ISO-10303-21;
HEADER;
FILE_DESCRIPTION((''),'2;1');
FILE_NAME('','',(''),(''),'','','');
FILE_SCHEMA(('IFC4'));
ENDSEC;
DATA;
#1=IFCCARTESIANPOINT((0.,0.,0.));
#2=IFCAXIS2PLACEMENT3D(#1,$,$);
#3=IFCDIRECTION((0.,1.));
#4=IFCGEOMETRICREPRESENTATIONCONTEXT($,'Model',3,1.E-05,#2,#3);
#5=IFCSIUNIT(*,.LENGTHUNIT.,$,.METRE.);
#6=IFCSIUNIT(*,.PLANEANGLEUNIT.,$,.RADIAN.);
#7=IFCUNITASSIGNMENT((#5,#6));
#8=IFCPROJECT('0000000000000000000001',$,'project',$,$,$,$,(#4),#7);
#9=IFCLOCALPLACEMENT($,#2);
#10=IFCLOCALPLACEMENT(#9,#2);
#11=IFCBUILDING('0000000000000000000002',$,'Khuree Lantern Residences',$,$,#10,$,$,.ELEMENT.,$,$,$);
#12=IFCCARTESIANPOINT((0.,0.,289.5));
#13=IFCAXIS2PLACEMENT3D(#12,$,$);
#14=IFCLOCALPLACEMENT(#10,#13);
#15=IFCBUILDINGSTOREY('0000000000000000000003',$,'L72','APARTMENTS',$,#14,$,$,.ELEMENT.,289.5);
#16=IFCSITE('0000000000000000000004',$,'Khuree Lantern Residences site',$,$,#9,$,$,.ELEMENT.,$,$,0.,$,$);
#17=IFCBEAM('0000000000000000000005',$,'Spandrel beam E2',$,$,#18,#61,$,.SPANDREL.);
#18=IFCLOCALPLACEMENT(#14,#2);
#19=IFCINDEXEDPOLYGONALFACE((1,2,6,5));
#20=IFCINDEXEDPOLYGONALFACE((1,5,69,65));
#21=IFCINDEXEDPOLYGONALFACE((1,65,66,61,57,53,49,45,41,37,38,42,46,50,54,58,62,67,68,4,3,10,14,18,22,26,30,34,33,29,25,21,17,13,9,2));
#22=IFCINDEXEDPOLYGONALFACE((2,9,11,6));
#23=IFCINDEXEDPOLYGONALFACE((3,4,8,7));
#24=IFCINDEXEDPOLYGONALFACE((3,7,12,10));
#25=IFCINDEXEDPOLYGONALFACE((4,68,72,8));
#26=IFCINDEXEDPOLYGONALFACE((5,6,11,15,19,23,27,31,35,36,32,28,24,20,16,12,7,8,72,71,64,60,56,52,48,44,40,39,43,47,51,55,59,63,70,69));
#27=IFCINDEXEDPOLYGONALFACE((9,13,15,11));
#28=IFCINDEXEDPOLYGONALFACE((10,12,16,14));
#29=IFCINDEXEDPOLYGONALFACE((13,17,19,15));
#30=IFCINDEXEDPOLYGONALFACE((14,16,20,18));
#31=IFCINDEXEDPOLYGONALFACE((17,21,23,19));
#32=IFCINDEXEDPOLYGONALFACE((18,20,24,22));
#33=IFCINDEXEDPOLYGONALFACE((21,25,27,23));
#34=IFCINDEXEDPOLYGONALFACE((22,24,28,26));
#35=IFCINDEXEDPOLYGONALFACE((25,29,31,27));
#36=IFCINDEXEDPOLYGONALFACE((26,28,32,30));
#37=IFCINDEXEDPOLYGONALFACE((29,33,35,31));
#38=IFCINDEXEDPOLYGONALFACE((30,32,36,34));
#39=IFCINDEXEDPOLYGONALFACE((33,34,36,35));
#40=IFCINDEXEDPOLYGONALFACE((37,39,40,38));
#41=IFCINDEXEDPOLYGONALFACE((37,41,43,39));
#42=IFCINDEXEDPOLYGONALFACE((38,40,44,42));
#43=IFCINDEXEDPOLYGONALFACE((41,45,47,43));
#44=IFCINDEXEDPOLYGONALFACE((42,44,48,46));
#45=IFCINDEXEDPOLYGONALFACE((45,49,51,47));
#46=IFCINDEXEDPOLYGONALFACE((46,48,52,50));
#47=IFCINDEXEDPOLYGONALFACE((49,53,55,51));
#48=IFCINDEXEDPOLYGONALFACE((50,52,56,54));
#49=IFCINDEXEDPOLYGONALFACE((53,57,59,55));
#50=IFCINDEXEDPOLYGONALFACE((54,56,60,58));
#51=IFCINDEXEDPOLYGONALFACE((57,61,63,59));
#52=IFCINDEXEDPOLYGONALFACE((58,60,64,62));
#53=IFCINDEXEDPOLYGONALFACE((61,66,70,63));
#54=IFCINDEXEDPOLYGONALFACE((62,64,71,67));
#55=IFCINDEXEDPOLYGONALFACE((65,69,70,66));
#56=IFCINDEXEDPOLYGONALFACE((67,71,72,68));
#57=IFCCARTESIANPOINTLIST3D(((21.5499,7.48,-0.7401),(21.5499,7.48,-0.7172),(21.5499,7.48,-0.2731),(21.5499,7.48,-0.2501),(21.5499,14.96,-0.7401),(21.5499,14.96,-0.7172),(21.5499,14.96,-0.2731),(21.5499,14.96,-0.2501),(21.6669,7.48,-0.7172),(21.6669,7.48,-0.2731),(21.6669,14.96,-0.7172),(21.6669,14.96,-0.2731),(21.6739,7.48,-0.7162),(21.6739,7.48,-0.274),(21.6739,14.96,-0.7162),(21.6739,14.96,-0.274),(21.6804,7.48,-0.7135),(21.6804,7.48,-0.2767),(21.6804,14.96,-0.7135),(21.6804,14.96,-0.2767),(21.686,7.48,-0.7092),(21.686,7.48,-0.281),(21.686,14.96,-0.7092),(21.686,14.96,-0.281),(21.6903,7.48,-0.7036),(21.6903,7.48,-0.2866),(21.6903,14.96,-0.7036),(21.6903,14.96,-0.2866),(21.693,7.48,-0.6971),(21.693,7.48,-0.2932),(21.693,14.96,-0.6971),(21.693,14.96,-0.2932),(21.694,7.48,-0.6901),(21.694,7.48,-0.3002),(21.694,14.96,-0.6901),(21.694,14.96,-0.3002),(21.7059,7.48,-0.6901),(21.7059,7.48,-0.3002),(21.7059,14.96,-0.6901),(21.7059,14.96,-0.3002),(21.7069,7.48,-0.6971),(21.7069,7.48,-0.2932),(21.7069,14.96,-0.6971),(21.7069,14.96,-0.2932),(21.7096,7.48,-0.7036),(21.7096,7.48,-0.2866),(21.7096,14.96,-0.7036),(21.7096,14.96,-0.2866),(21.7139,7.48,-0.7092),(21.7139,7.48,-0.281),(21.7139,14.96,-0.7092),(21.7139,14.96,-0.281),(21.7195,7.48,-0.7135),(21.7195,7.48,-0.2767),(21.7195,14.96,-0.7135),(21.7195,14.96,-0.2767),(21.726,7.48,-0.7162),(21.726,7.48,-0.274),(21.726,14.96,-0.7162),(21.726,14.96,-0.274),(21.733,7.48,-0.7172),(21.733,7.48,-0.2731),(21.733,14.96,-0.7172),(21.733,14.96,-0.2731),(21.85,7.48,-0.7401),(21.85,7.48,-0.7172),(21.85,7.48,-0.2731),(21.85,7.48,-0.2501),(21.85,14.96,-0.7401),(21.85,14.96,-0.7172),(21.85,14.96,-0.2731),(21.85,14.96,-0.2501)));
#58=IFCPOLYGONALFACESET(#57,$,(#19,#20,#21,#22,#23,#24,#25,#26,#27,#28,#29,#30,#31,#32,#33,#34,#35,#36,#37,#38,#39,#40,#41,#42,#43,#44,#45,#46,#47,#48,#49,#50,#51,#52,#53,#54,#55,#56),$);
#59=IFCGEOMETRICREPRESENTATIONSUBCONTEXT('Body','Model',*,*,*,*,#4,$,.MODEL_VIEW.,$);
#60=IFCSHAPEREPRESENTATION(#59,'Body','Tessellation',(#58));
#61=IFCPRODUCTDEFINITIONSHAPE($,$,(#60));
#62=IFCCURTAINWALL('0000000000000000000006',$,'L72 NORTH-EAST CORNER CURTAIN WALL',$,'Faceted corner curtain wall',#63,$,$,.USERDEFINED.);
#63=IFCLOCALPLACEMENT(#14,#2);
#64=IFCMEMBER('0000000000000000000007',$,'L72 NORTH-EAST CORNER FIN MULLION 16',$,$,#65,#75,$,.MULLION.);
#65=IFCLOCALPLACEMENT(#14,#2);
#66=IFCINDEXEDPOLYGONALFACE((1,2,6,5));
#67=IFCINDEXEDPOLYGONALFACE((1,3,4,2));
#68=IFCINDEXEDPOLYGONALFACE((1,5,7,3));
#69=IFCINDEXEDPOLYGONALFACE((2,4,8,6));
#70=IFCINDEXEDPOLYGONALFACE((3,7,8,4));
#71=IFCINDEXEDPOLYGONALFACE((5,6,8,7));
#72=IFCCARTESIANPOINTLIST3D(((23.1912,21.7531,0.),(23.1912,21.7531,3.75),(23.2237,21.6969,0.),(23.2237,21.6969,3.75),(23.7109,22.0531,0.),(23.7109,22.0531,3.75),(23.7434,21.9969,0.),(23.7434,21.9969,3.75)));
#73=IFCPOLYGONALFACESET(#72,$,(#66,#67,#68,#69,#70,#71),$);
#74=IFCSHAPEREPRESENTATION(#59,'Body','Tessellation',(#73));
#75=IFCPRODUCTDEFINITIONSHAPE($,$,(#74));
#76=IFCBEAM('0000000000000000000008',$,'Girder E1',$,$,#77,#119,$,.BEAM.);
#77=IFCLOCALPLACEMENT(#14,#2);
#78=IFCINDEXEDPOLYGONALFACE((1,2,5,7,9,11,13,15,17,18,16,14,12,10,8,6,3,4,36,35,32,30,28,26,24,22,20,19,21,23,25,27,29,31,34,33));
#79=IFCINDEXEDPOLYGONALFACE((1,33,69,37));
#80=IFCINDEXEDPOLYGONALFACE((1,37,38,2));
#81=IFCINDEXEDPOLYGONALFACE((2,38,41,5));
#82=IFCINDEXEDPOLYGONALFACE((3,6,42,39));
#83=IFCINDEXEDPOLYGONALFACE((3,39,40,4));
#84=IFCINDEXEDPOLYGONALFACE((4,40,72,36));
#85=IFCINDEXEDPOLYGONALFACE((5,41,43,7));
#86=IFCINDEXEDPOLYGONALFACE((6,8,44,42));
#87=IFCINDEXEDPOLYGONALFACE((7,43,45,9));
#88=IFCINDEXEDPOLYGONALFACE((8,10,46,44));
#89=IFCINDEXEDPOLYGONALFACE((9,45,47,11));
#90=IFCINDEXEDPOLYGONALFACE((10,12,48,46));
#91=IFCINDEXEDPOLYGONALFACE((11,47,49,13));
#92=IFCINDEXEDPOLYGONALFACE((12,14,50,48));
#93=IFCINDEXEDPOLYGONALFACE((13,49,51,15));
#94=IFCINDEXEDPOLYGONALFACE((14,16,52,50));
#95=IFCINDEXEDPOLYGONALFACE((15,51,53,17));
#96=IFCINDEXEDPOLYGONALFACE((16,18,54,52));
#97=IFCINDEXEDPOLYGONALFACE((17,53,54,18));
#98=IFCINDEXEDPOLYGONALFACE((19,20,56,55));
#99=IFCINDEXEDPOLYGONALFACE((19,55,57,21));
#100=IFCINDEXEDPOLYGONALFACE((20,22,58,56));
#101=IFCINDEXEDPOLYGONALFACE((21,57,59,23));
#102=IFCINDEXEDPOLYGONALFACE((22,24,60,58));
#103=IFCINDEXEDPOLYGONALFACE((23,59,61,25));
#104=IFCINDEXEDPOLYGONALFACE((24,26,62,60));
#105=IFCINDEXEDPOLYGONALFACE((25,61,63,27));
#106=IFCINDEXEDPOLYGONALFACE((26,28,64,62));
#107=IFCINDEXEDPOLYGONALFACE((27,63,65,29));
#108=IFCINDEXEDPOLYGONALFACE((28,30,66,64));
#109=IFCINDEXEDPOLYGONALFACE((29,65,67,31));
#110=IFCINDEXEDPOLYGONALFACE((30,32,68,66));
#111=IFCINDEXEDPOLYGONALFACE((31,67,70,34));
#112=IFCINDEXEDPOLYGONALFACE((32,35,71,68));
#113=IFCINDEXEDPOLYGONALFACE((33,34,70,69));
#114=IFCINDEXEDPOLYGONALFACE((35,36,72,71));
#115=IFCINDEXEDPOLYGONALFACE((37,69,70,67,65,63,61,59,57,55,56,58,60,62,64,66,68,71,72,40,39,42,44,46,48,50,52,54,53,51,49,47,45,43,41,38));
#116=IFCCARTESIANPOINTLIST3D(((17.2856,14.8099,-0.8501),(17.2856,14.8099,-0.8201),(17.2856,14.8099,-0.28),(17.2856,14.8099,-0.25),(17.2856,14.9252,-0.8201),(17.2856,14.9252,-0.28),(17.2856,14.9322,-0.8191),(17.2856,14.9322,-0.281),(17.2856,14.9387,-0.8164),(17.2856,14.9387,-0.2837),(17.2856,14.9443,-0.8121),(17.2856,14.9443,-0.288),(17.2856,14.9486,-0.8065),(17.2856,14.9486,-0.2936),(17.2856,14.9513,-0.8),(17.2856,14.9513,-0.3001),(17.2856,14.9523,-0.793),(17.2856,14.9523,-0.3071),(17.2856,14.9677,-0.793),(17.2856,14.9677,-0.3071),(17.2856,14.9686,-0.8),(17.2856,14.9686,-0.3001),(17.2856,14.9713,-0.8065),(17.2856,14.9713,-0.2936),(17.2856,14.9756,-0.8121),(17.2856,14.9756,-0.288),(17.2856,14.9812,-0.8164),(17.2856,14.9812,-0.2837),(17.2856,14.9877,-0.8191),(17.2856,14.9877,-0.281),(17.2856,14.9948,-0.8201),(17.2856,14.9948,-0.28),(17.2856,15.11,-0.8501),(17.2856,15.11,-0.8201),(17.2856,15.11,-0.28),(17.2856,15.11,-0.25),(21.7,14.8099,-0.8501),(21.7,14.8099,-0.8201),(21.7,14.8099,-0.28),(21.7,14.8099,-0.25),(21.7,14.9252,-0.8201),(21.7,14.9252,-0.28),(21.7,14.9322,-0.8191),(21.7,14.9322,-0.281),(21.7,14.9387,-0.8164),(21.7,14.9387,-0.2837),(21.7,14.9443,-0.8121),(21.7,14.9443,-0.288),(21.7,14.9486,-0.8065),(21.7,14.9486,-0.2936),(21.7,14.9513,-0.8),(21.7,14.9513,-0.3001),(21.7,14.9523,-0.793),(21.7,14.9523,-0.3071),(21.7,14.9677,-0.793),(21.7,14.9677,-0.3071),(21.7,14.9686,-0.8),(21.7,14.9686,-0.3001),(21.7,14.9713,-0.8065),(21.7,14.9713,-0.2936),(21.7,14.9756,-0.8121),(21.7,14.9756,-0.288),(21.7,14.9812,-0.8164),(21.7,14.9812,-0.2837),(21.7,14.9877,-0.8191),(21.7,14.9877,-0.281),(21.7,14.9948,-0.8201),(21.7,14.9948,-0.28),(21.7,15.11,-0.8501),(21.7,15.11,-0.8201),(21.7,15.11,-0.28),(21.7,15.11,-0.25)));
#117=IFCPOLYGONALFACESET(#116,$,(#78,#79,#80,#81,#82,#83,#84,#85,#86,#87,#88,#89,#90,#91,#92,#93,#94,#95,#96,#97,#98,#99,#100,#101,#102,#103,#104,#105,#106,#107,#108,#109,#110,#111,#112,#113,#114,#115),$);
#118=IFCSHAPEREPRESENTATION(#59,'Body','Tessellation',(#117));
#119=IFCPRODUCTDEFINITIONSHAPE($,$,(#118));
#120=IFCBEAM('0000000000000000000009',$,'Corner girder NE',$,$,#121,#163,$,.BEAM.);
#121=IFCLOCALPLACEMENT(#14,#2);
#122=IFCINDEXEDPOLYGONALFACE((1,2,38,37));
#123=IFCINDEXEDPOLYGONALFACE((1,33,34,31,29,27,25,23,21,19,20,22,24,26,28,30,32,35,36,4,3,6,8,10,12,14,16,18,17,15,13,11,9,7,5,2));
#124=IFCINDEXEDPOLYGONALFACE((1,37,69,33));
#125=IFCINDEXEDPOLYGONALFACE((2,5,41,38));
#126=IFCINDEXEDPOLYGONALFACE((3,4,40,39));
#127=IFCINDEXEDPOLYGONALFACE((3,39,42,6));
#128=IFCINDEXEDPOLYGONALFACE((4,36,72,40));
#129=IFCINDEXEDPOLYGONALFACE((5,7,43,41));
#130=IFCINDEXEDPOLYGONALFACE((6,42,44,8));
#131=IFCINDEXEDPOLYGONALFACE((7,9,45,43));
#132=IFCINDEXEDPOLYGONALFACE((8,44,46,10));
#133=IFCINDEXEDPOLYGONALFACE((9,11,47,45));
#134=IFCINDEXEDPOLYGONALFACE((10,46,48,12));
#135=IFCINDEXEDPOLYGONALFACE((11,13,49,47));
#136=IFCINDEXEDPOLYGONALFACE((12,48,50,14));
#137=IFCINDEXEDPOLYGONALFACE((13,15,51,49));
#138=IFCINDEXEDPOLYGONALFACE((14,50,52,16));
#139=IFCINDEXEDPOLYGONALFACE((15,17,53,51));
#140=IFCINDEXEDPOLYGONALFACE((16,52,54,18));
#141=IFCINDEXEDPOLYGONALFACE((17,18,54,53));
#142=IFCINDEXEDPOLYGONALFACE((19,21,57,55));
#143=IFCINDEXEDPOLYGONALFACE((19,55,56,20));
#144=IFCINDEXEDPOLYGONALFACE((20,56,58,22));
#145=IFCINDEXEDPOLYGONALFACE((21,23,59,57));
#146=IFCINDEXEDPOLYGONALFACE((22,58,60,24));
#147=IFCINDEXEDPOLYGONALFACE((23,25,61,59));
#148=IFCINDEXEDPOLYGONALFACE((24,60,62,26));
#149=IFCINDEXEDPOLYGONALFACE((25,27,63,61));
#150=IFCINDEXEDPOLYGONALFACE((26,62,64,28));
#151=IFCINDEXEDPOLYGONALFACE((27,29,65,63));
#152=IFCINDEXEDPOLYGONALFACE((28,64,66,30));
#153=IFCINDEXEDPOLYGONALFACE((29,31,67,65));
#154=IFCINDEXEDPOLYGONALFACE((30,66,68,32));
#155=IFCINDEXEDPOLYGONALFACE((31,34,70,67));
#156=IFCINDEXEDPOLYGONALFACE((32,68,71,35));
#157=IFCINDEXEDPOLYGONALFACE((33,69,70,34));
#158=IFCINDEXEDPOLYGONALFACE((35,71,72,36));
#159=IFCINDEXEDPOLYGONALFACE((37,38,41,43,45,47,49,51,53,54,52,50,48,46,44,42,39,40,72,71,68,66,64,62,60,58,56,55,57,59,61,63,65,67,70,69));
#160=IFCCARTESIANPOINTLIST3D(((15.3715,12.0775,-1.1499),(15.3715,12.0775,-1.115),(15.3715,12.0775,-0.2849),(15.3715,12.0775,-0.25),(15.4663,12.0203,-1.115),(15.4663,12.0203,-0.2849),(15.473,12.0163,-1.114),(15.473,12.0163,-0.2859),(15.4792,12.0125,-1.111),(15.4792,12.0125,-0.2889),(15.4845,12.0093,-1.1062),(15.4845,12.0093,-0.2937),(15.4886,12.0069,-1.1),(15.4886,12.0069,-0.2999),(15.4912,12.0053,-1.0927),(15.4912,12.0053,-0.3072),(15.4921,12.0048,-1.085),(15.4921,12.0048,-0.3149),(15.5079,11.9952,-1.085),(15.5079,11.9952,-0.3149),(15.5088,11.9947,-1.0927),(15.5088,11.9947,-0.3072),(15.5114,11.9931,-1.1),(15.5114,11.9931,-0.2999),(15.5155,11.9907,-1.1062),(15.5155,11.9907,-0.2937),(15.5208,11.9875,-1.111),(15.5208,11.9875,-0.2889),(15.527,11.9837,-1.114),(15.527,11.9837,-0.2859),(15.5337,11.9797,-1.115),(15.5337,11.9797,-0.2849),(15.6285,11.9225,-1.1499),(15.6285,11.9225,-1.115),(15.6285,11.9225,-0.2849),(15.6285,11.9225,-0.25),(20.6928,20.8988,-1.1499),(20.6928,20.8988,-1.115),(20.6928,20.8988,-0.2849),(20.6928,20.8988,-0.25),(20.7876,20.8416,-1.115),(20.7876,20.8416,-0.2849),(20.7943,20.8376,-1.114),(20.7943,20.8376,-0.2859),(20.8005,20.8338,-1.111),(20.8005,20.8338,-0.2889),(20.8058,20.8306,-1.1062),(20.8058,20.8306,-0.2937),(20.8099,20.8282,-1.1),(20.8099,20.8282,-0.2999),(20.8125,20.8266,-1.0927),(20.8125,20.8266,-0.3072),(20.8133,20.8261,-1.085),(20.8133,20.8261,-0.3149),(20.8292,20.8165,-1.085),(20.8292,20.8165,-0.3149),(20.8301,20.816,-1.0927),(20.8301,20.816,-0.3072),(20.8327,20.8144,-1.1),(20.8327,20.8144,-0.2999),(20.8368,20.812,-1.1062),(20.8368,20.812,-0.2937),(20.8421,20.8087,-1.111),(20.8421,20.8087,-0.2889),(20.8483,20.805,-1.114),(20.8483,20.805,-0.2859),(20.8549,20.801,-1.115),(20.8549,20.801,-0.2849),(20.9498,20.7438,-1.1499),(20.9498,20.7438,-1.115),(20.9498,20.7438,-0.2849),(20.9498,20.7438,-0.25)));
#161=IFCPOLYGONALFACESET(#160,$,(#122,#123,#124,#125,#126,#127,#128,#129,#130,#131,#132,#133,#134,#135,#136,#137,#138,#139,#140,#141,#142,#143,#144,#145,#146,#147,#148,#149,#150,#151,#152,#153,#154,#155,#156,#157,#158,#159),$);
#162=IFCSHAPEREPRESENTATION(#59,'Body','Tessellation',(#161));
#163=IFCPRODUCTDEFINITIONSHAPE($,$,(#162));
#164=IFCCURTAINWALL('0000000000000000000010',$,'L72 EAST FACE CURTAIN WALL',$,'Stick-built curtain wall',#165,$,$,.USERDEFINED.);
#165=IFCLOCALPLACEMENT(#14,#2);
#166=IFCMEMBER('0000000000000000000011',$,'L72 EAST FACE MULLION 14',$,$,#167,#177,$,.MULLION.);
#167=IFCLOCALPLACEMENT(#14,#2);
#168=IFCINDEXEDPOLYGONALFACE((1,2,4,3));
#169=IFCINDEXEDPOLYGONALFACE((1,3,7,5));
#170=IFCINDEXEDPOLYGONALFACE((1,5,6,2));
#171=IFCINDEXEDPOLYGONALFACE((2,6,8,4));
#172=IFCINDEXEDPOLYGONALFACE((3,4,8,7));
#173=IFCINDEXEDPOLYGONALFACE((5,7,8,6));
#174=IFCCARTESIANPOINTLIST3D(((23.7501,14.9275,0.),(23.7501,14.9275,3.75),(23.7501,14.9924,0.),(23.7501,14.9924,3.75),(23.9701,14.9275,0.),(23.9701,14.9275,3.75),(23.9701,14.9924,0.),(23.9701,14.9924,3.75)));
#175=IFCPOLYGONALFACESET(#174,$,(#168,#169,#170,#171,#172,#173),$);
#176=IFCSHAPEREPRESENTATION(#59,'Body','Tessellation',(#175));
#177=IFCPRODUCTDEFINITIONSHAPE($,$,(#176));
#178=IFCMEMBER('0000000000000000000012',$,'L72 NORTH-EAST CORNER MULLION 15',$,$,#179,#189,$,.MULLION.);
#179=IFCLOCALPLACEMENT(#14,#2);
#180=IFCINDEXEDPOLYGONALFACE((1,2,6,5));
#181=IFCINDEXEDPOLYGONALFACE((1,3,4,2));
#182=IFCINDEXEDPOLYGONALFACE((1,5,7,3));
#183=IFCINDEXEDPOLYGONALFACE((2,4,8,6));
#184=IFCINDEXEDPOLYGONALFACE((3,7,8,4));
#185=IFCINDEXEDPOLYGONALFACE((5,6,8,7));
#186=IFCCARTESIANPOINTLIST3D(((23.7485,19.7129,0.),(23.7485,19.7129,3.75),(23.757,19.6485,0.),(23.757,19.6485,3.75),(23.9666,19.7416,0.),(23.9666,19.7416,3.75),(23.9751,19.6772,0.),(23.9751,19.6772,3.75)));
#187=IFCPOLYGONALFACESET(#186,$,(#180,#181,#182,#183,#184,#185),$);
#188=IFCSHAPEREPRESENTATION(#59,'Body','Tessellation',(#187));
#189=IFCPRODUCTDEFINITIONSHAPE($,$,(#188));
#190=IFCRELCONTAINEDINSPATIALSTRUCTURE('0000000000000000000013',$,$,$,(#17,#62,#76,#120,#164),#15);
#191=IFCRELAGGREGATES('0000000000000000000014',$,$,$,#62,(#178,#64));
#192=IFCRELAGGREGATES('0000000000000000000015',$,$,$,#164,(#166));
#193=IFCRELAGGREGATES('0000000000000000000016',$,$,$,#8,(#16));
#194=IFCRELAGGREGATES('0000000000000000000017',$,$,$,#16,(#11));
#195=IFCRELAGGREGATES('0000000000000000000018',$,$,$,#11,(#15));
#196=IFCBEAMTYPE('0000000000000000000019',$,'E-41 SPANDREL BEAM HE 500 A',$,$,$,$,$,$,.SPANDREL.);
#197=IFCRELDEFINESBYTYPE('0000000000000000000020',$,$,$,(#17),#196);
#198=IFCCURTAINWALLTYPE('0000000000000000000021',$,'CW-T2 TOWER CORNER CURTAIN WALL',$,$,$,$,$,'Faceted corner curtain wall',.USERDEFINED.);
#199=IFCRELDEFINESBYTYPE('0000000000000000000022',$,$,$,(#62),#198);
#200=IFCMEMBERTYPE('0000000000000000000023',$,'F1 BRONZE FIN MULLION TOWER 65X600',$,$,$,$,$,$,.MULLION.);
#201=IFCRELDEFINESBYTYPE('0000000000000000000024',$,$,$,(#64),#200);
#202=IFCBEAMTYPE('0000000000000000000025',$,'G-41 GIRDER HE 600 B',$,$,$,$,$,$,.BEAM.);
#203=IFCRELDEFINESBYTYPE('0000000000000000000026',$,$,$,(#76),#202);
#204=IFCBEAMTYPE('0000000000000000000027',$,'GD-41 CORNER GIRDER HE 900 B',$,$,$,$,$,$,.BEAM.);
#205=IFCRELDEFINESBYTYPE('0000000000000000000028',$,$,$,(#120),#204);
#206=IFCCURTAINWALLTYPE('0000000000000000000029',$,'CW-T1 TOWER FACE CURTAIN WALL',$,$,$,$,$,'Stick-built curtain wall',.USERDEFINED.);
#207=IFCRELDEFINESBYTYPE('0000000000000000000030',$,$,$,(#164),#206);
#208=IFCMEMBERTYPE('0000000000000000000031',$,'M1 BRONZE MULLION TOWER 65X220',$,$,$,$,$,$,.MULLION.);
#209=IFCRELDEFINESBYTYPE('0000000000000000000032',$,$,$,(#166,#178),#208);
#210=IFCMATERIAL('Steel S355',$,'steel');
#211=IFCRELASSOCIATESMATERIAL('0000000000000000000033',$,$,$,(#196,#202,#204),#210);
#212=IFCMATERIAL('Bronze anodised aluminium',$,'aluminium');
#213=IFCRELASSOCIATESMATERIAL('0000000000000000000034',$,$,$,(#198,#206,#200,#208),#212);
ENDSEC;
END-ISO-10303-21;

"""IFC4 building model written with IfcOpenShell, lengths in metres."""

from ifc_helpers import new_model, si_unit, direction, frame, origin, origin_2d, place, context, subcontext, project, spatial, rectangle, i_section, extrude, material, material_profile, profile_set, type_object, element, aggregate, save


model = new_model("IFC4")

# Units and contexts
model_context = context("Model", 3, precision=1e-05, world=origin(), true_north=direction((0.0, 1.0)))
body_context = subcontext(model_context, "Body", "Model", "MODEL_VIEW")
ifc_project = project(units=[si_unit("LENGTHUNIT", "METRE"), si_unit("PLANEANGLEUNIT", "RADIAN")], contexts=[model_context])

# Site, building, storey
site_placement = place(None, origin())
site = spatial("IfcSite", under=ifc_project, at=site_placement, Name="Khuree Lantern Residences site", CompositionType="ELEMENT", RefElevation=0.0)
building_placement = place(site_placement, origin())
building = spatial("IfcBuilding", under=site, at=building_placement, Name="Khuree Lantern Residences", CompositionType="ELEMENT")
storey_placement = place(building_placement, frame((0.0, 0.0, 289.5)))
storey = spatial("IfcBuildingStorey", under=building, at=storey_placement, Name="L72", Description="APARTMENTS", CompositionType="ELEMENT", Elevation=289.5)

# Beam
ifc_material_1 = material(Name="Steel S355", Category="steel")
ifc_material_profile_1 = material_profile(ifc_material_1, i_section(OverallWidth=0.3, OverallDepth=0.49, WebThickness=0.012, FlangeThickness=0.0229, FilletRadius=0.0271, at=origin_2d()), Name="HE 500 A")
ifc_profile_set_1 = profile_set([ifc_material_profile_1], Name="Steel S355")
beam_type_1 = type_object("IfcBeamType", Name="E-41 SPANDREL BEAM HE 500 A", PredefinedType="SPANDREL", material=ifc_profile_set_1)
beam_1_placement = place(storey_placement, frame((21.7, 14.96, -0.4951), z_axis=(0.0, -1.0, 0.0), x_axis=(1.0, 0.0, 0.0)))
element("IfcBeam", 1, at=beam_1_placement, inside=storey, type_object=beam_type_1, Name="Spandrel beam E2", PredefinedType="SPANDREL", context=body_context, shape_type="SweptSolid", body=[
    extrude(i_section(OverallWidth=0.3, OverallDepth=0.49, WebThickness=0.012, FlangeThickness=0.0229, FilletRadius=0.0271, at=origin_2d()), origin(), (0.0, 0.0, 1.0), 7.48),
])

# Curtain wall, member
ifc_material_2 = material(Name="Bronze anodised aluminium", Category="aluminium")
curtain_wall_type_1 = type_object("IfcCurtainWallType", Name="CW-T2 TOWER CORNER CURTAIN WALL", ElementType="Faceted corner curtain wall", PredefinedType="USERDEFINED", material=ifc_material_2)
curtain_wall_1_placement = place(storey_placement, origin())
curtain_wall_1 = element("IfcCurtainWall", 2, at=curtain_wall_1_placement, inside=storey, type_object=curtain_wall_type_1, Name="L72 NORTH-EAST CORNER CURTAIN WALL", ObjectType="Faceted corner curtain wall", PredefinedType="USERDEFINED")
ifc_material_profile_2 = material_profile(ifc_material_2, rectangle(XDim=0.0649, YDim=0.6001, at=origin_2d()), Name="F1 65X600")
ifc_profile_set_2 = profile_set([ifc_material_profile_2], Name="Bronze anodised aluminium")
member_type_1 = type_object("IfcMemberType", Name="F1 BRONZE FIN MULLION TOWER 65X600", PredefinedType="MULLION", material=ifc_profile_set_2)
member_1_placement = place(storey_placement, frame((23.4673, 21.875, 0.0), z_axis=(0.0, 0.0, 1.0), x_axis=(-0.5, 0.866025, 0.0)))
member_1 = element("IfcMember", 3, at=member_1_placement, type_object=member_type_1, Name="L72 NORTH-EAST CORNER FIN MULLION 16", PredefinedType="MULLION", context=body_context, shape_type="SweptSolid", body=[
    extrude(rectangle(XDim=0.0649, YDim=0.6001, at=origin_2d()), origin(), (0.0, 0.0, 1.0), 3.75),
])

# Beams
ifc_material_profile_3 = material_profile(ifc_material_1, i_section(OverallWidth=0.3, OverallDepth=0.6001, WebThickness=0.0154, FlangeThickness=0.03, FilletRadius=0.0271, at=origin_2d()), Name="HE 600 B")
ifc_profile_set_3 = profile_set([ifc_material_profile_3], Name="Steel S355")
beam_type_2 = type_object("IfcBeamType", Name="G-41 GIRDER HE 600 B", PredefinedType="BEAM", material=ifc_profile_set_3)
beam_2_placement = place(storey_placement, frame((21.7, 14.96, -0.55), z_axis=(-1.0, 0.0, 0.0), x_axis=(0.0, -1.0, 0.0)))
element("IfcBeam", 4, at=beam_2_placement, inside=storey, type_object=beam_type_2, Name="Girder E1", PredefinedType="BEAM", context=body_context, shape_type="SweptSolid", body=[
    extrude(i_section(OverallWidth=0.3, OverallDepth=0.6001, WebThickness=0.0154, FlangeThickness=0.03, FilletRadius=0.0271, at=origin_2d()), origin(), (0.0, 0.0, 1.0), 4.4143),
])
ifc_material_profile_4 = material_profile(ifc_material_1, i_section(OverallWidth=0.3, OverallDepth=0.8999, WebThickness=0.0186, FlangeThickness=0.0349, FilletRadius=0.03, at=origin_2d()), Name="HE 900 B")
ifc_profile_set_4 = profile_set([ifc_material_profile_4], Name="Steel S355")
beam_type_3 = type_object("IfcBeamType", Name="GD-41 CORNER GIRDER HE 900 B", PredefinedType="BEAM", material=ifc_profile_set_4)
beam_3_placement = place(storey_placement, frame((20.8213, 20.8213, -0.7), z_axis=(-0.51653, -0.856269, 0.0), x_axis=(0.856269, -0.51653, 0.0)))
element("IfcBeam", 5, at=beam_3_placement, inside=storey, type_object=beam_type_3, Name="Corner girder NE", PredefinedType="BEAM", context=body_context, shape_type="SweptSolid", body=[
    extrude(i_section(OverallWidth=0.3, OverallDepth=0.8999, WebThickness=0.0186, FlangeThickness=0.0349, FilletRadius=0.03, at=origin_2d()), origin(), (0.0, 0.0, 1.0), 10.302),
])

# Curtain wall, member
curtain_wall_type_2 = type_object("IfcCurtainWallType", Name="CW-T1 TOWER FACE CURTAIN WALL", ElementType="Stick-built curtain wall", PredefinedType="USERDEFINED", material=ifc_material_2)
curtain_wall_2_placement = place(storey_placement, origin())
curtain_wall_2 = element("IfcCurtainWall", 6, at=curtain_wall_2_placement, inside=storey, type_object=curtain_wall_type_2, Name="L72 EAST FACE CURTAIN WALL", ObjectType="Stick-built curtain wall", PredefinedType="USERDEFINED")
ifc_material_profile_5 = material_profile(ifc_material_2, rectangle(XDim=0.0649, YDim=0.22, at=origin_2d()), Name="M1 65X220")
ifc_profile_set_5 = profile_set([ifc_material_profile_5], Name="Bronze anodised aluminium")
member_type_2 = type_object("IfcMemberType", Name="M1 BRONZE MULLION TOWER 65X220", PredefinedType="MULLION", material=ifc_profile_set_5)
member_2_placement = place(storey_placement, frame((23.8601, 14.96, 0.0), z_axis=(0.0, 0.0, 1.0), x_axis=(0.0, 1.0, 0.0)))
member_2 = element("IfcMember", 7, at=member_2_placement, type_object=member_type_2, Name="L72 EAST FACE MULLION 14", PredefinedType="MULLION", context=body_context, shape_type="SweptSolid", body=[
    extrude(rectangle(XDim=0.0649, YDim=0.22, at=origin_2d()), origin(), (0.0, 0.0, 1.0), 3.75),
])

# Member
member_3_placement = place(storey_placement, frame((23.8618, 19.6951, 0.0), z_axis=(0.0, 0.0, 1.0), x_axis=(-0.130526, 0.991445, 0.0)))
member_3 = element("IfcMember", 8, at=member_3_placement, type_object=member_type_2, Name="L72 NORTH-EAST CORNER MULLION 15", PredefinedType="MULLION", context=body_context, shape_type="SweptSolid", body=[
    extrude(rectangle(XDim=0.0649, YDim=0.22, at=origin_2d()), origin(), (0.0, 0.0, 1.0), 3.75),
])

aggregate(curtain_wall_1, [member_3, member_1])
aggregate(curtain_wall_2, [member_2])

save(model, "model.ifc")
